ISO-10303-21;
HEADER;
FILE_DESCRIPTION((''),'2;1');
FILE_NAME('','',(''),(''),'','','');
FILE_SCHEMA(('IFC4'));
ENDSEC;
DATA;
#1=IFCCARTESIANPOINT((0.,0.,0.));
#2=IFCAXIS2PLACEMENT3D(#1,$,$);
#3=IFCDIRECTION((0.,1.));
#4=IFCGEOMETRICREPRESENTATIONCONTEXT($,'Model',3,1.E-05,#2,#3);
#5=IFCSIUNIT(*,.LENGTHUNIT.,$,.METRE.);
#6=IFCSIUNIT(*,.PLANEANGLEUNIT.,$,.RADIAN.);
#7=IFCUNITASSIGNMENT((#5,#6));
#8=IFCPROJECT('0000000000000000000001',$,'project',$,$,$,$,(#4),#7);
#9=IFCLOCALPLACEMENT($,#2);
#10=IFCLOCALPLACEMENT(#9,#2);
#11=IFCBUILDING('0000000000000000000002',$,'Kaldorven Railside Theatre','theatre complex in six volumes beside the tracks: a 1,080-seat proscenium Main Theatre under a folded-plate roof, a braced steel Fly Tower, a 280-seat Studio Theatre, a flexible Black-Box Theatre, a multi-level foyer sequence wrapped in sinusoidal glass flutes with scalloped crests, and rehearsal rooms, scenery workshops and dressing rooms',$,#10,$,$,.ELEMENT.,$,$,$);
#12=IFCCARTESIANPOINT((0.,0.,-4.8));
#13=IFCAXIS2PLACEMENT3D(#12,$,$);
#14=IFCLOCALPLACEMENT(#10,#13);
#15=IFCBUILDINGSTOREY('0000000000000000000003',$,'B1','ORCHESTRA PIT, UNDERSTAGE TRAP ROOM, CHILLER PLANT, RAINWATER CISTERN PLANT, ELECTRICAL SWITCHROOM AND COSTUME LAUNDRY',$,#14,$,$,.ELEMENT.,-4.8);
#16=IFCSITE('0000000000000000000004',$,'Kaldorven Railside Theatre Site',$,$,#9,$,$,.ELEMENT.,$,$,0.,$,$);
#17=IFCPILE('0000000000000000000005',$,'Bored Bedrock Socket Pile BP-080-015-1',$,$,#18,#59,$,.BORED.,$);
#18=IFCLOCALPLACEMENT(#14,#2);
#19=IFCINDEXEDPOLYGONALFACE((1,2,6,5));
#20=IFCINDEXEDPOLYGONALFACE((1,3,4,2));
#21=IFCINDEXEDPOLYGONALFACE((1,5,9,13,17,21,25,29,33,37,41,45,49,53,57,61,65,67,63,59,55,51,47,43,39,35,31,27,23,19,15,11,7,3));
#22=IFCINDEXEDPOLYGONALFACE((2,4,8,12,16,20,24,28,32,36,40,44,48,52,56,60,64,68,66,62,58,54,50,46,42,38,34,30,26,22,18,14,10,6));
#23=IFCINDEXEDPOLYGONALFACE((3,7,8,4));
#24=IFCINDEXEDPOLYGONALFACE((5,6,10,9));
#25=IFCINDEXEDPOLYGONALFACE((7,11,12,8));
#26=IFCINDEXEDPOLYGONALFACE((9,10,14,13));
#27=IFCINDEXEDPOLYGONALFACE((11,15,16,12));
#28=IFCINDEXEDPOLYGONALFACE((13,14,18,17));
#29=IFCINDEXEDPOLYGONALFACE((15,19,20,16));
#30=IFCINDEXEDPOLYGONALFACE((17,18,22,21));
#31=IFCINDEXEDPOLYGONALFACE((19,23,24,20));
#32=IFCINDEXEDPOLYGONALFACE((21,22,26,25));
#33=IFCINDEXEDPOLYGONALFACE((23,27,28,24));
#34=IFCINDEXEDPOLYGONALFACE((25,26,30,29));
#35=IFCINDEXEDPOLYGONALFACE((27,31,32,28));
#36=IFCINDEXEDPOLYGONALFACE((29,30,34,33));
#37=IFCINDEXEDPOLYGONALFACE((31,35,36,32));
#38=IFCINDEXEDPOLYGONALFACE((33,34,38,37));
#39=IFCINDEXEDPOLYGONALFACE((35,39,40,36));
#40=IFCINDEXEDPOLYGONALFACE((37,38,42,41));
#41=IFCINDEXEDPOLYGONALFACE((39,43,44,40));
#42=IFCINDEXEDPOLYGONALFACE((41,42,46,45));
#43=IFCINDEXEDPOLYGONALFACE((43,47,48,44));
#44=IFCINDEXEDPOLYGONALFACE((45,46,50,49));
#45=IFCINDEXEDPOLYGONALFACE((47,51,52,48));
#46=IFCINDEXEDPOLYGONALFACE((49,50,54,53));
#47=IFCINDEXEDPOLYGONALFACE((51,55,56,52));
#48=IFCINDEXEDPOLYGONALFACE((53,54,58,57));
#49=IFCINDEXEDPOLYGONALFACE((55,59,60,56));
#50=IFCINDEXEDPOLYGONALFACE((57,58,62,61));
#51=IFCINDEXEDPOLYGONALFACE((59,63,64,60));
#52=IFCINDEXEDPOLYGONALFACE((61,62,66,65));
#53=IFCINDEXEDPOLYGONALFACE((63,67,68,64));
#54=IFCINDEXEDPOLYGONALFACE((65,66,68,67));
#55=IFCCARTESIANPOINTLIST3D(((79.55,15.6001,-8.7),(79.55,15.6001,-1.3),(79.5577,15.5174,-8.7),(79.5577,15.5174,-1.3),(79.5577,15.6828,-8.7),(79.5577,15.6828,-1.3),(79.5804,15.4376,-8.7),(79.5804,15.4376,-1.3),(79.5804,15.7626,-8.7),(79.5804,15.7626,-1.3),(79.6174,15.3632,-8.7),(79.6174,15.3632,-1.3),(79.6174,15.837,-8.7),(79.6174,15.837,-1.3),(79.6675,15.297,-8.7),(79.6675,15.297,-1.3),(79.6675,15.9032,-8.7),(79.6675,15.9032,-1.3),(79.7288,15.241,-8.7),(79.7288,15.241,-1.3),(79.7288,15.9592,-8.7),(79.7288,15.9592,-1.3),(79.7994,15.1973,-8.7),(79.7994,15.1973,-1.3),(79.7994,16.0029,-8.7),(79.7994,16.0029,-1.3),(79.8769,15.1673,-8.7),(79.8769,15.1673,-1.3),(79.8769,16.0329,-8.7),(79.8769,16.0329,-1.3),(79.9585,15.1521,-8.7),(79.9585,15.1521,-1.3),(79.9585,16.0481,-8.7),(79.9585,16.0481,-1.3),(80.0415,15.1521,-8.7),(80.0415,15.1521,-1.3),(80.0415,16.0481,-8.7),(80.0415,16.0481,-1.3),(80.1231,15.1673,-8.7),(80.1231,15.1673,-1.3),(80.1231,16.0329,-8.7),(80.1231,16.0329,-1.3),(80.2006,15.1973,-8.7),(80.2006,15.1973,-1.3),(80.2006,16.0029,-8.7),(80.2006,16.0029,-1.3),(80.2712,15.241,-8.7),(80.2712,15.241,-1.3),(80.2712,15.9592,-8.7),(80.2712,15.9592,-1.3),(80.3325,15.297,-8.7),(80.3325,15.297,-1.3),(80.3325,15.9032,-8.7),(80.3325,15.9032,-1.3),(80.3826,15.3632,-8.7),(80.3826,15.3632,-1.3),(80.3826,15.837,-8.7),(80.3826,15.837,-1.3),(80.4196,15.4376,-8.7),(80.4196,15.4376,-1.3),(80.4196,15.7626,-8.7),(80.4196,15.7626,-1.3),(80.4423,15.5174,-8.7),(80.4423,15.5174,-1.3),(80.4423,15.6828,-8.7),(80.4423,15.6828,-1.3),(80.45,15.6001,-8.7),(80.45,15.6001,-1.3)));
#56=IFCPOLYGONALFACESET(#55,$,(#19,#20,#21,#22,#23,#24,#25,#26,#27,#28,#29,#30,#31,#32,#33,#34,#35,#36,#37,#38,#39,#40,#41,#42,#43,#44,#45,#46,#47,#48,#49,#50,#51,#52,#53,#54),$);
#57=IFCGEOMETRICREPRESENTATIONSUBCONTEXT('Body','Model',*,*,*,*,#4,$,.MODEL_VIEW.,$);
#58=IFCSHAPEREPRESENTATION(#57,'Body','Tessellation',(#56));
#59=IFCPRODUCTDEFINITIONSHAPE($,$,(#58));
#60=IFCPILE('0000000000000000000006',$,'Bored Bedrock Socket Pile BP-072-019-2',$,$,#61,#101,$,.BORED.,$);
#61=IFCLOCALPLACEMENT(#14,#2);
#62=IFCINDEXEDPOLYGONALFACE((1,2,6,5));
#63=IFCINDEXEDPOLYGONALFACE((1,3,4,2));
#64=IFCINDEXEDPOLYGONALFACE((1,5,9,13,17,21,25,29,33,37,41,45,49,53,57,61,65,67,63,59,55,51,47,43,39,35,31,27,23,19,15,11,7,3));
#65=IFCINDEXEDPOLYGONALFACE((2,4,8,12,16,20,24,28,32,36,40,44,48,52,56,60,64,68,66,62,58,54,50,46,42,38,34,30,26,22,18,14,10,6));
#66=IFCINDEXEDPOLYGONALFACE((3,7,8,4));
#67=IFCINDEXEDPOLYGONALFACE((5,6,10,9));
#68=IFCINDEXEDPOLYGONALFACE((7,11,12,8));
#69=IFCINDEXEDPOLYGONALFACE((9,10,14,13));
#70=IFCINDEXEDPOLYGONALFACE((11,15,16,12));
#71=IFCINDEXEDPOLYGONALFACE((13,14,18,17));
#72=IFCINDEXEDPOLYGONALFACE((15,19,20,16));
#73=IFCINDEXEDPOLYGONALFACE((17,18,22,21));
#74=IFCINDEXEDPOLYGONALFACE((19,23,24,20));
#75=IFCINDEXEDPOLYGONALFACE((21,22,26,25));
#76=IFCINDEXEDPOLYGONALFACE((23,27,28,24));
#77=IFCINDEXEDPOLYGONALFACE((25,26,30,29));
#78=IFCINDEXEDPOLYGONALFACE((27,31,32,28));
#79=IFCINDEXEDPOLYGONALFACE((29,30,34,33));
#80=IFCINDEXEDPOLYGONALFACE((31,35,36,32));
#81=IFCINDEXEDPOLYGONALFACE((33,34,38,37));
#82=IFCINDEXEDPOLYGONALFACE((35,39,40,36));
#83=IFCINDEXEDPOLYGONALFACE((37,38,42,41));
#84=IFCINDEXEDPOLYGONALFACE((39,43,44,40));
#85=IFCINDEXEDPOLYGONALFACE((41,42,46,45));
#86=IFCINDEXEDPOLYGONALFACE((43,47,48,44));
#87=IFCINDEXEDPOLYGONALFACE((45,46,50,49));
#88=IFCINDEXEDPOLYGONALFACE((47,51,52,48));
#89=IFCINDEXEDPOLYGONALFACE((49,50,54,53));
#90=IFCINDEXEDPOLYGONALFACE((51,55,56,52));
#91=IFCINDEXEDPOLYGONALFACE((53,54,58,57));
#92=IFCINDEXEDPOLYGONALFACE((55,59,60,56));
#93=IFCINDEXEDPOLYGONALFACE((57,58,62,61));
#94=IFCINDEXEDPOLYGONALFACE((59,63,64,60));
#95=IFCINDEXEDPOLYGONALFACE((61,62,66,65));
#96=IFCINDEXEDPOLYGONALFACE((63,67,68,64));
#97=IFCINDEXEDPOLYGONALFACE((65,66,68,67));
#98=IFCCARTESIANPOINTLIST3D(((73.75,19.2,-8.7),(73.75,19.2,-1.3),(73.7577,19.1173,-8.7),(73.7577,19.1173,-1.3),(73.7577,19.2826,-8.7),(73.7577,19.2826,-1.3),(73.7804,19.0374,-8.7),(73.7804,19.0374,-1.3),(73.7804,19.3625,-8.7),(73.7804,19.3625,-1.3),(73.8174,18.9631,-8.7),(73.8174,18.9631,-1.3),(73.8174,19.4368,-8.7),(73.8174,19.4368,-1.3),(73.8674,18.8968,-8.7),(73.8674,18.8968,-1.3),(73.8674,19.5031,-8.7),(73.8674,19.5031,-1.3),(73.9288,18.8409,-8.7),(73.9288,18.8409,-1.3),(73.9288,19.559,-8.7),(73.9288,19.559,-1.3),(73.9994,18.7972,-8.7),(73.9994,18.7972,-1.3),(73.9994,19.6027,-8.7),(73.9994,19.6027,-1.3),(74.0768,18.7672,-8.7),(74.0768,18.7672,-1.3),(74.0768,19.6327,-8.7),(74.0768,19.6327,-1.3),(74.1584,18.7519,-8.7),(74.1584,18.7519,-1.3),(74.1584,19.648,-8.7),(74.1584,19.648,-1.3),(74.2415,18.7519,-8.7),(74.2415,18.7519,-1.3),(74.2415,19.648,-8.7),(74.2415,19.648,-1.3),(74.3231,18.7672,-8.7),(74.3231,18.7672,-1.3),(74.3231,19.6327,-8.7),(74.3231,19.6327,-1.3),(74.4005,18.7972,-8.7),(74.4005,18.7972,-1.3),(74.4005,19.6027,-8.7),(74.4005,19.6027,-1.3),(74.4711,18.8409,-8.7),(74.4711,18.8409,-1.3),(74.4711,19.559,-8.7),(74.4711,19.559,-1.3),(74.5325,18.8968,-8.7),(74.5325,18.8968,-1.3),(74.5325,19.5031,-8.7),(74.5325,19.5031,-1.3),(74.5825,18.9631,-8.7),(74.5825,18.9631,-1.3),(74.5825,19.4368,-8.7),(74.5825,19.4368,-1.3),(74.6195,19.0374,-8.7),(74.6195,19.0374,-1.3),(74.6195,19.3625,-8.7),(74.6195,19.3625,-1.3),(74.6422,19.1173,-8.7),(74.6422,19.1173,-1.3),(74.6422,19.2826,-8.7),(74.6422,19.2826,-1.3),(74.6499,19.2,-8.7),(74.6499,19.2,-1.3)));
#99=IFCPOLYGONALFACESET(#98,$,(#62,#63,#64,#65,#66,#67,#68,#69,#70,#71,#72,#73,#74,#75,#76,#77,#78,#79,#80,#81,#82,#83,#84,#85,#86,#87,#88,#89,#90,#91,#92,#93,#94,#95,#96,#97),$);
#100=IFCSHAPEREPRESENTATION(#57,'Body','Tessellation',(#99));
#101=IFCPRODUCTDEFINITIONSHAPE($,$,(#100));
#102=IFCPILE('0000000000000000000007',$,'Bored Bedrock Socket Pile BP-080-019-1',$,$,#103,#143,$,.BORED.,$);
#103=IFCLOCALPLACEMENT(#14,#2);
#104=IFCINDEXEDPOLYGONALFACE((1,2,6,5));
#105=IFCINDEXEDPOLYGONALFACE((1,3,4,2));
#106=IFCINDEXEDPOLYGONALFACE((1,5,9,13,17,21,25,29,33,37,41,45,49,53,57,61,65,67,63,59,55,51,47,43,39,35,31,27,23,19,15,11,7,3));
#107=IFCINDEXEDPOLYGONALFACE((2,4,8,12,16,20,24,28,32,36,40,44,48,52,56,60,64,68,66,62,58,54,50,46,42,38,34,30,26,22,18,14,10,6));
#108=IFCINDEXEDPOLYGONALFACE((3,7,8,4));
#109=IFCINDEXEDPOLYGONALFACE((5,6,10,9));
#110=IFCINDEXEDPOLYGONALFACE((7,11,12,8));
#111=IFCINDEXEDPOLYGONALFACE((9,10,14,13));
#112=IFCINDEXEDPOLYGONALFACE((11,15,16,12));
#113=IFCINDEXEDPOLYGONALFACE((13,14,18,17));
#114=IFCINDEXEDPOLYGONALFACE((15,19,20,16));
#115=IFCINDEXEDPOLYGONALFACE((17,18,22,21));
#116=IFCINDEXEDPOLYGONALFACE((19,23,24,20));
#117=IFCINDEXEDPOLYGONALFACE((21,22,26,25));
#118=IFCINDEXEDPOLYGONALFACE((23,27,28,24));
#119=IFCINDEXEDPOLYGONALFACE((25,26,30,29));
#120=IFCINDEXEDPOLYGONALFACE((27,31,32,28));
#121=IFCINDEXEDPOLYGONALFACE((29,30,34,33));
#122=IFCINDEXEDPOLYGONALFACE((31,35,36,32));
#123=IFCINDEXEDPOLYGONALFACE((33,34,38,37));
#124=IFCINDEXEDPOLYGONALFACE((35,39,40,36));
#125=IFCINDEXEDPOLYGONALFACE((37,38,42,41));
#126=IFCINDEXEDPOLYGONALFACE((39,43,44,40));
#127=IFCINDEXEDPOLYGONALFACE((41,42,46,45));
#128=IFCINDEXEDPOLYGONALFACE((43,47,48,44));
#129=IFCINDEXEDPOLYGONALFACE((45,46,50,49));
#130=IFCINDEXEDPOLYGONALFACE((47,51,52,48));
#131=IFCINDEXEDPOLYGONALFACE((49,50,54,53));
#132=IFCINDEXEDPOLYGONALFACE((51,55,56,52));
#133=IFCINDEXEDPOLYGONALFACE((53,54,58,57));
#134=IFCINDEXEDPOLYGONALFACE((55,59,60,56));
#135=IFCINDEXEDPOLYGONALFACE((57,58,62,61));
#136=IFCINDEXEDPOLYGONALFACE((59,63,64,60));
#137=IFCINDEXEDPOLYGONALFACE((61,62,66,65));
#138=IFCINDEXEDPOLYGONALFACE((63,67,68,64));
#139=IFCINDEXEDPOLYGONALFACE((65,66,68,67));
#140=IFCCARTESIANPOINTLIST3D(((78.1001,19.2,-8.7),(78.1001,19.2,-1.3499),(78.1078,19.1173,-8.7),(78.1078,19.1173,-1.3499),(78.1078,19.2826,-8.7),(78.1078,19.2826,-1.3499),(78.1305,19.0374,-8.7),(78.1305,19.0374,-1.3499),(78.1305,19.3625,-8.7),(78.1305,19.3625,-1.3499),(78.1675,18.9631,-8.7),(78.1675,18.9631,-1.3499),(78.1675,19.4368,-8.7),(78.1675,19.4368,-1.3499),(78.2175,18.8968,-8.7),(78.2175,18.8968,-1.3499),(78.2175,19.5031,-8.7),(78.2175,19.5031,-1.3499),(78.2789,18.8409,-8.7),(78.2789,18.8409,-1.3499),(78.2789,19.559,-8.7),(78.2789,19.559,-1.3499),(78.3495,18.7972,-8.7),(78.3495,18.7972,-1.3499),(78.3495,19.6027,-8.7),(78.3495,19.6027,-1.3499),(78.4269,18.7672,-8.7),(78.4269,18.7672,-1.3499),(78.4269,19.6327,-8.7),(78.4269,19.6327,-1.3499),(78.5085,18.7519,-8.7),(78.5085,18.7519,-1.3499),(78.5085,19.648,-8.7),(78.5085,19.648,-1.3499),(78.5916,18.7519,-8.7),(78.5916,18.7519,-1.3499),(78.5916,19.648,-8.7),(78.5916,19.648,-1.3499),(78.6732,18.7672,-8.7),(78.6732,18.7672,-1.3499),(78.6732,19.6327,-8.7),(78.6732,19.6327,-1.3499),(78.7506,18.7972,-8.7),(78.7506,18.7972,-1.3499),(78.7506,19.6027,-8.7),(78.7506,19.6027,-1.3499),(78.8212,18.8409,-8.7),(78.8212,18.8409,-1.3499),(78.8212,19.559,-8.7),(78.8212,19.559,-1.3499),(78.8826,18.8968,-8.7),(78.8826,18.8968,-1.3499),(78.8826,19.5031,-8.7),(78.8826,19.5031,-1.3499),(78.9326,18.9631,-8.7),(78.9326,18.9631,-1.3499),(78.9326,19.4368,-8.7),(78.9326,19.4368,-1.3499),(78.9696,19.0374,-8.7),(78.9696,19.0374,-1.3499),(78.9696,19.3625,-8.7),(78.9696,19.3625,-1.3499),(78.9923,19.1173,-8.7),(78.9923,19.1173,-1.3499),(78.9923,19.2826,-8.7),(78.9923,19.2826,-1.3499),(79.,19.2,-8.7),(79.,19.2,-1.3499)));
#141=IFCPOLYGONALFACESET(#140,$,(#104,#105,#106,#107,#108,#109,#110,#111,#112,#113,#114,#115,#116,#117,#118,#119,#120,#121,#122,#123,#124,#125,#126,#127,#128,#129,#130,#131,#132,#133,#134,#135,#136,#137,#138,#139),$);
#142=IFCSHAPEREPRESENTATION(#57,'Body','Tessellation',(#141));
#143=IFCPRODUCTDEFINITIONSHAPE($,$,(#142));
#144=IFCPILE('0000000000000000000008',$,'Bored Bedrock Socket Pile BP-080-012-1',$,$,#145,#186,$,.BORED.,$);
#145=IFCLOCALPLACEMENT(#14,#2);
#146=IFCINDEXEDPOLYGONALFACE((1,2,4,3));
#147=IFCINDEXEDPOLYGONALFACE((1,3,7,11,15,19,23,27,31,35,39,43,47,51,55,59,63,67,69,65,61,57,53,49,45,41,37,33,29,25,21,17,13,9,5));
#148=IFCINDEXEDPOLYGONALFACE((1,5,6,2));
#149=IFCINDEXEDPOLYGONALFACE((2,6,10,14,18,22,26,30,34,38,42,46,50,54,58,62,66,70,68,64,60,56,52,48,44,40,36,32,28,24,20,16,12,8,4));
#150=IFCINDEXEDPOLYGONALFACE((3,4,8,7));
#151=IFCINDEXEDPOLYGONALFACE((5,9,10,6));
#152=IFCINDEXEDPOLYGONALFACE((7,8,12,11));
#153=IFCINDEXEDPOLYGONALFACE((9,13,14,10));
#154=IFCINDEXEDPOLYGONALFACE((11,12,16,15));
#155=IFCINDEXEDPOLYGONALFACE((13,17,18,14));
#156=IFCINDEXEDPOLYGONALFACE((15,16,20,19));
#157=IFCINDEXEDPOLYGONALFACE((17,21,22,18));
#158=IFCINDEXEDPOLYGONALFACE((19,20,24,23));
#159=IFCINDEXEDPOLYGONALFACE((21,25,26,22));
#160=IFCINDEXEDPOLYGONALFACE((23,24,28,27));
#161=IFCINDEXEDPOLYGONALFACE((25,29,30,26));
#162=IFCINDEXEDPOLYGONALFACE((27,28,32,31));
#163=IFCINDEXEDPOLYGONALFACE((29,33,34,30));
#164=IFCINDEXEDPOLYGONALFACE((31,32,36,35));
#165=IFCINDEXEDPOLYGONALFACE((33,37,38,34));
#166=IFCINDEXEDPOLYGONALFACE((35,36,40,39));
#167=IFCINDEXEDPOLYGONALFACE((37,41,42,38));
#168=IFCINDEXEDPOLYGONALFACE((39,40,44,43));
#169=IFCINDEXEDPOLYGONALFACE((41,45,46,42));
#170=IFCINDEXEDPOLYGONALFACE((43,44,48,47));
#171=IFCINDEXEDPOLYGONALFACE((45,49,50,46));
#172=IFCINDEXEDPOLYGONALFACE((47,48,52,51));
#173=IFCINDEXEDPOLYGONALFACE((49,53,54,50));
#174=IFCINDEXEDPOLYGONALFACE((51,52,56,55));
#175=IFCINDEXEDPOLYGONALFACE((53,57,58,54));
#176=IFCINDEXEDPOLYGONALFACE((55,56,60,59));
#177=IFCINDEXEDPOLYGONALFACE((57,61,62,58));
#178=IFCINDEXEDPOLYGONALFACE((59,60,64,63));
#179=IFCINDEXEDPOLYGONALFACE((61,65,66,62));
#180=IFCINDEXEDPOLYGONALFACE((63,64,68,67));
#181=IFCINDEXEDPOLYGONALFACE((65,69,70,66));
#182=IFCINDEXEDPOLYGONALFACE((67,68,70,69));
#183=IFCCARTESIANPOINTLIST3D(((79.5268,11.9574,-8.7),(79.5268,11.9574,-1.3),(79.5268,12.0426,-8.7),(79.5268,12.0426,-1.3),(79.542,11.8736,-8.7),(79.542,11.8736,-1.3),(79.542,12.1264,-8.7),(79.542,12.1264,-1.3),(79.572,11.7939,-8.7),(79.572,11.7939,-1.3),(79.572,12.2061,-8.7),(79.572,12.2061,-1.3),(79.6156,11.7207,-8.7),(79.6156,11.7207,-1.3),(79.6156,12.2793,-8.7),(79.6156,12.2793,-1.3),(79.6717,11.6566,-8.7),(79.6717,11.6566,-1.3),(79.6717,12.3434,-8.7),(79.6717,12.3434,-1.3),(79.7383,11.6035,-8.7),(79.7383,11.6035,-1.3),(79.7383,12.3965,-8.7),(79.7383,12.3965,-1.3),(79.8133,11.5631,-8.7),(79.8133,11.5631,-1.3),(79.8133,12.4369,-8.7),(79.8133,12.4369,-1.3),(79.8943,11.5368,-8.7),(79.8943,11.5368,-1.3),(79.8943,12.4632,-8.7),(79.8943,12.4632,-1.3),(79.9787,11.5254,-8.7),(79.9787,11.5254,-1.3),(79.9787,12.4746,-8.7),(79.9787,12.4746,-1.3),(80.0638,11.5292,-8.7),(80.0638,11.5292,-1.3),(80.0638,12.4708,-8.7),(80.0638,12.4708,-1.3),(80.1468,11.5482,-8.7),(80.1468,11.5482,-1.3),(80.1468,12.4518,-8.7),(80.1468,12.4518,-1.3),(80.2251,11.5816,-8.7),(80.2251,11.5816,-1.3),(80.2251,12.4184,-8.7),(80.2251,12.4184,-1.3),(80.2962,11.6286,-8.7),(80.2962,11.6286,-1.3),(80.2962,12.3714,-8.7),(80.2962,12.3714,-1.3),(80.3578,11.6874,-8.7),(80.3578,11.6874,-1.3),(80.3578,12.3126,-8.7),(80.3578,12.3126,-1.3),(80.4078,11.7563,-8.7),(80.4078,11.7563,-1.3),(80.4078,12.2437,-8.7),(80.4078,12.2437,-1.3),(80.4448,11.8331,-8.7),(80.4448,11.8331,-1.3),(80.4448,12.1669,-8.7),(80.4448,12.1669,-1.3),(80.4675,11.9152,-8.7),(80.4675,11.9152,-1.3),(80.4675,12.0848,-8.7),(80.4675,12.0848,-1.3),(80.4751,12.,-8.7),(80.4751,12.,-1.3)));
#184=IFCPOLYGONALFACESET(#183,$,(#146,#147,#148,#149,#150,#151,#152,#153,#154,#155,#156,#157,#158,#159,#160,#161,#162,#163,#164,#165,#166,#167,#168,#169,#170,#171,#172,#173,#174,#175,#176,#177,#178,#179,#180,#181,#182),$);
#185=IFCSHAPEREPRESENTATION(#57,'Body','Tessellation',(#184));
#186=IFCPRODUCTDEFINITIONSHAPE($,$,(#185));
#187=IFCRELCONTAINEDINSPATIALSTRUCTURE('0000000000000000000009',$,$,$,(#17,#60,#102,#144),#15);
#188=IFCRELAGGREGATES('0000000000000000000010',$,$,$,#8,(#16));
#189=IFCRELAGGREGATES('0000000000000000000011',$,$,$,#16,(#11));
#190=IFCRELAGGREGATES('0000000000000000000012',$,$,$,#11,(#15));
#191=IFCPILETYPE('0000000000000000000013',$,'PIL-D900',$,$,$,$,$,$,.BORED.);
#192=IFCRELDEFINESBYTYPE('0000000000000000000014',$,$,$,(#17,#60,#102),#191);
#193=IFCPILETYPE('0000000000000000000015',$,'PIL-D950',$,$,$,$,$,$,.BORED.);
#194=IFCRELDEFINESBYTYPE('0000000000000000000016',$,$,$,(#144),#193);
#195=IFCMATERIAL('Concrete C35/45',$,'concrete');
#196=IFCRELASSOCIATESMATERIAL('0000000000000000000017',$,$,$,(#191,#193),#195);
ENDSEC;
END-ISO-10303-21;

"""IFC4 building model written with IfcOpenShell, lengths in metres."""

from ifc_helpers import new_model, si_unit, direction, frame, origin, origin_2d, place, context, subcontext, project, spatial, circle, extrude, material, material_profile, profile_set, type_object, element, save


model = new_model("IFC4")

# Units and contexts
model_context = context("Model", 3, precision=1e-05, world=origin(), true_north=direction((0.0, 1.0)))
body_context = subcontext(model_context, "Body", "Model", "MODEL_VIEW")
ifc_project = project(units=[si_unit("LENGTHUNIT", "METRE"), si_unit("PLANEANGLEUNIT", "RADIAN")], contexts=[model_context])

# Site, building, storey
site_placement = place(None, origin())
site = spatial("IfcSite", under=ifc_project, at=site_placement, Name="Kaldorven Railside Theatre Site", CompositionType="ELEMENT", RefElevation=0.0)
building_placement = place(site_placement, origin())
building = spatial("IfcBuilding", under=site, at=building_placement, Name="Kaldorven Railside Theatre", Description="theatre complex in six volumes beside the tracks: a 1,080-seat proscenium Main Theatre under a folded-plate roof, a braced steel Fly Tower, a 280-seat Studio Theatre, a flexible Black-Box Theatre, a multi-level foyer sequence wrapped in sinusoidal glass flutes with scalloped crests, and rehearsal rooms, scenery workshops and dressing rooms", CompositionType="ELEMENT")
storey_placement = place(building_placement, frame((0.0, 0.0, -4.8)))
storey = spatial("IfcBuildingStorey", under=building, at=storey_placement, Name="B1", Description="ORCHESTRA PIT, UNDERSTAGE TRAP ROOM, CHILLER PLANT, RAINWATER CISTERN PLANT, ELECTRICAL SWITCHROOM AND COSTUME LAUNDRY", CompositionType="ELEMENT", Elevation=-4.8)

# Piles
ifc_material_1 = material(Name="Concrete C35/45", Category="concrete")
ifc_material_profile_1 = material_profile(ifc_material_1, circle(Radius=0.45, at=origin_2d()), Name="BP D900")
ifc_profile_set_1 = profile_set([ifc_material_profile_1], Name="Concrete C35/45")
pile_type_1 = type_object("IfcPileType", Name="PIL-D900", PredefinedType="BORED", material=ifc_profile_set_1)
for number, where, z_axis, x_axis, name in (
    (1, (80.0, 15.6001, -1.3), (0.0, 0.0, -1.0), (1.0, 0.0, 0.0), "Bored Bedrock Socket Pile BP-080-015-1"),
    (2, (74.2, 19.2, -1.3), (0.0, 0.0, -1.0), (1.0, 0.0, 0.0), "Bored Bedrock Socket Pile BP-072-019-2"),
):
    element("IfcPile", number, at=place(storey_placement, frame(where, z_axis=z_axis, x_axis=x_axis)), inside=storey, type_object=pile_type_1, Name=name, PredefinedType="BORED", context=body_context, shape_type="SweptSolid", body=[
        extrude(circle(Radius=0.45, at=origin_2d()), origin(), (0.0, 0.0, 1.0), 7.3999),
    ])
pile_1_placement = place(storey_placement, frame((78.55, 19.2, -1.3499), z_axis=(0.0, 0.0, -1.0), x_axis=(1.0, 0.0, 0.0)))
element("IfcPile", 3, at=pile_1_placement, inside=storey, type_object=pile_type_1, Name="Bored Bedrock Socket Pile BP-080-019-1", PredefinedType="BORED", context=body_context, shape_type="SweptSolid", body=[
    extrude(circle(Radius=0.45, at=origin_2d()), origin(), (0.0, 0.0, 1.0), 7.3501),
])
ifc_material_profile_2 = material_profile(ifc_material_1, circle(Radius=0.4751, at=origin_2d()), Name="BP D950")
ifc_profile_set_2 = profile_set([ifc_material_profile_2], Name="Concrete C35/45")
pile_type_2 = type_object("IfcPileType", Name="PIL-D950", PredefinedType="BORED", material=ifc_profile_set_2)
pile_2_placement = place(storey_placement, frame((80.0, 12.0, -1.3), z_axis=(0.0, 0.0, -1.0), x_axis=(1.0, 0.0, 0.0)))
element("IfcPile", 4, at=pile_2_placement, inside=storey, type_object=pile_type_2, Name="Bored Bedrock Socket Pile BP-080-012-1", PredefinedType="BORED", context=body_context, shape_type="SweptSolid", body=[
    extrude(circle(Radius=0.4751, at=origin_2d()), origin(), (0.0, 0.0, 1.0), 7.3999),
])

save(model, "model.ifc")
